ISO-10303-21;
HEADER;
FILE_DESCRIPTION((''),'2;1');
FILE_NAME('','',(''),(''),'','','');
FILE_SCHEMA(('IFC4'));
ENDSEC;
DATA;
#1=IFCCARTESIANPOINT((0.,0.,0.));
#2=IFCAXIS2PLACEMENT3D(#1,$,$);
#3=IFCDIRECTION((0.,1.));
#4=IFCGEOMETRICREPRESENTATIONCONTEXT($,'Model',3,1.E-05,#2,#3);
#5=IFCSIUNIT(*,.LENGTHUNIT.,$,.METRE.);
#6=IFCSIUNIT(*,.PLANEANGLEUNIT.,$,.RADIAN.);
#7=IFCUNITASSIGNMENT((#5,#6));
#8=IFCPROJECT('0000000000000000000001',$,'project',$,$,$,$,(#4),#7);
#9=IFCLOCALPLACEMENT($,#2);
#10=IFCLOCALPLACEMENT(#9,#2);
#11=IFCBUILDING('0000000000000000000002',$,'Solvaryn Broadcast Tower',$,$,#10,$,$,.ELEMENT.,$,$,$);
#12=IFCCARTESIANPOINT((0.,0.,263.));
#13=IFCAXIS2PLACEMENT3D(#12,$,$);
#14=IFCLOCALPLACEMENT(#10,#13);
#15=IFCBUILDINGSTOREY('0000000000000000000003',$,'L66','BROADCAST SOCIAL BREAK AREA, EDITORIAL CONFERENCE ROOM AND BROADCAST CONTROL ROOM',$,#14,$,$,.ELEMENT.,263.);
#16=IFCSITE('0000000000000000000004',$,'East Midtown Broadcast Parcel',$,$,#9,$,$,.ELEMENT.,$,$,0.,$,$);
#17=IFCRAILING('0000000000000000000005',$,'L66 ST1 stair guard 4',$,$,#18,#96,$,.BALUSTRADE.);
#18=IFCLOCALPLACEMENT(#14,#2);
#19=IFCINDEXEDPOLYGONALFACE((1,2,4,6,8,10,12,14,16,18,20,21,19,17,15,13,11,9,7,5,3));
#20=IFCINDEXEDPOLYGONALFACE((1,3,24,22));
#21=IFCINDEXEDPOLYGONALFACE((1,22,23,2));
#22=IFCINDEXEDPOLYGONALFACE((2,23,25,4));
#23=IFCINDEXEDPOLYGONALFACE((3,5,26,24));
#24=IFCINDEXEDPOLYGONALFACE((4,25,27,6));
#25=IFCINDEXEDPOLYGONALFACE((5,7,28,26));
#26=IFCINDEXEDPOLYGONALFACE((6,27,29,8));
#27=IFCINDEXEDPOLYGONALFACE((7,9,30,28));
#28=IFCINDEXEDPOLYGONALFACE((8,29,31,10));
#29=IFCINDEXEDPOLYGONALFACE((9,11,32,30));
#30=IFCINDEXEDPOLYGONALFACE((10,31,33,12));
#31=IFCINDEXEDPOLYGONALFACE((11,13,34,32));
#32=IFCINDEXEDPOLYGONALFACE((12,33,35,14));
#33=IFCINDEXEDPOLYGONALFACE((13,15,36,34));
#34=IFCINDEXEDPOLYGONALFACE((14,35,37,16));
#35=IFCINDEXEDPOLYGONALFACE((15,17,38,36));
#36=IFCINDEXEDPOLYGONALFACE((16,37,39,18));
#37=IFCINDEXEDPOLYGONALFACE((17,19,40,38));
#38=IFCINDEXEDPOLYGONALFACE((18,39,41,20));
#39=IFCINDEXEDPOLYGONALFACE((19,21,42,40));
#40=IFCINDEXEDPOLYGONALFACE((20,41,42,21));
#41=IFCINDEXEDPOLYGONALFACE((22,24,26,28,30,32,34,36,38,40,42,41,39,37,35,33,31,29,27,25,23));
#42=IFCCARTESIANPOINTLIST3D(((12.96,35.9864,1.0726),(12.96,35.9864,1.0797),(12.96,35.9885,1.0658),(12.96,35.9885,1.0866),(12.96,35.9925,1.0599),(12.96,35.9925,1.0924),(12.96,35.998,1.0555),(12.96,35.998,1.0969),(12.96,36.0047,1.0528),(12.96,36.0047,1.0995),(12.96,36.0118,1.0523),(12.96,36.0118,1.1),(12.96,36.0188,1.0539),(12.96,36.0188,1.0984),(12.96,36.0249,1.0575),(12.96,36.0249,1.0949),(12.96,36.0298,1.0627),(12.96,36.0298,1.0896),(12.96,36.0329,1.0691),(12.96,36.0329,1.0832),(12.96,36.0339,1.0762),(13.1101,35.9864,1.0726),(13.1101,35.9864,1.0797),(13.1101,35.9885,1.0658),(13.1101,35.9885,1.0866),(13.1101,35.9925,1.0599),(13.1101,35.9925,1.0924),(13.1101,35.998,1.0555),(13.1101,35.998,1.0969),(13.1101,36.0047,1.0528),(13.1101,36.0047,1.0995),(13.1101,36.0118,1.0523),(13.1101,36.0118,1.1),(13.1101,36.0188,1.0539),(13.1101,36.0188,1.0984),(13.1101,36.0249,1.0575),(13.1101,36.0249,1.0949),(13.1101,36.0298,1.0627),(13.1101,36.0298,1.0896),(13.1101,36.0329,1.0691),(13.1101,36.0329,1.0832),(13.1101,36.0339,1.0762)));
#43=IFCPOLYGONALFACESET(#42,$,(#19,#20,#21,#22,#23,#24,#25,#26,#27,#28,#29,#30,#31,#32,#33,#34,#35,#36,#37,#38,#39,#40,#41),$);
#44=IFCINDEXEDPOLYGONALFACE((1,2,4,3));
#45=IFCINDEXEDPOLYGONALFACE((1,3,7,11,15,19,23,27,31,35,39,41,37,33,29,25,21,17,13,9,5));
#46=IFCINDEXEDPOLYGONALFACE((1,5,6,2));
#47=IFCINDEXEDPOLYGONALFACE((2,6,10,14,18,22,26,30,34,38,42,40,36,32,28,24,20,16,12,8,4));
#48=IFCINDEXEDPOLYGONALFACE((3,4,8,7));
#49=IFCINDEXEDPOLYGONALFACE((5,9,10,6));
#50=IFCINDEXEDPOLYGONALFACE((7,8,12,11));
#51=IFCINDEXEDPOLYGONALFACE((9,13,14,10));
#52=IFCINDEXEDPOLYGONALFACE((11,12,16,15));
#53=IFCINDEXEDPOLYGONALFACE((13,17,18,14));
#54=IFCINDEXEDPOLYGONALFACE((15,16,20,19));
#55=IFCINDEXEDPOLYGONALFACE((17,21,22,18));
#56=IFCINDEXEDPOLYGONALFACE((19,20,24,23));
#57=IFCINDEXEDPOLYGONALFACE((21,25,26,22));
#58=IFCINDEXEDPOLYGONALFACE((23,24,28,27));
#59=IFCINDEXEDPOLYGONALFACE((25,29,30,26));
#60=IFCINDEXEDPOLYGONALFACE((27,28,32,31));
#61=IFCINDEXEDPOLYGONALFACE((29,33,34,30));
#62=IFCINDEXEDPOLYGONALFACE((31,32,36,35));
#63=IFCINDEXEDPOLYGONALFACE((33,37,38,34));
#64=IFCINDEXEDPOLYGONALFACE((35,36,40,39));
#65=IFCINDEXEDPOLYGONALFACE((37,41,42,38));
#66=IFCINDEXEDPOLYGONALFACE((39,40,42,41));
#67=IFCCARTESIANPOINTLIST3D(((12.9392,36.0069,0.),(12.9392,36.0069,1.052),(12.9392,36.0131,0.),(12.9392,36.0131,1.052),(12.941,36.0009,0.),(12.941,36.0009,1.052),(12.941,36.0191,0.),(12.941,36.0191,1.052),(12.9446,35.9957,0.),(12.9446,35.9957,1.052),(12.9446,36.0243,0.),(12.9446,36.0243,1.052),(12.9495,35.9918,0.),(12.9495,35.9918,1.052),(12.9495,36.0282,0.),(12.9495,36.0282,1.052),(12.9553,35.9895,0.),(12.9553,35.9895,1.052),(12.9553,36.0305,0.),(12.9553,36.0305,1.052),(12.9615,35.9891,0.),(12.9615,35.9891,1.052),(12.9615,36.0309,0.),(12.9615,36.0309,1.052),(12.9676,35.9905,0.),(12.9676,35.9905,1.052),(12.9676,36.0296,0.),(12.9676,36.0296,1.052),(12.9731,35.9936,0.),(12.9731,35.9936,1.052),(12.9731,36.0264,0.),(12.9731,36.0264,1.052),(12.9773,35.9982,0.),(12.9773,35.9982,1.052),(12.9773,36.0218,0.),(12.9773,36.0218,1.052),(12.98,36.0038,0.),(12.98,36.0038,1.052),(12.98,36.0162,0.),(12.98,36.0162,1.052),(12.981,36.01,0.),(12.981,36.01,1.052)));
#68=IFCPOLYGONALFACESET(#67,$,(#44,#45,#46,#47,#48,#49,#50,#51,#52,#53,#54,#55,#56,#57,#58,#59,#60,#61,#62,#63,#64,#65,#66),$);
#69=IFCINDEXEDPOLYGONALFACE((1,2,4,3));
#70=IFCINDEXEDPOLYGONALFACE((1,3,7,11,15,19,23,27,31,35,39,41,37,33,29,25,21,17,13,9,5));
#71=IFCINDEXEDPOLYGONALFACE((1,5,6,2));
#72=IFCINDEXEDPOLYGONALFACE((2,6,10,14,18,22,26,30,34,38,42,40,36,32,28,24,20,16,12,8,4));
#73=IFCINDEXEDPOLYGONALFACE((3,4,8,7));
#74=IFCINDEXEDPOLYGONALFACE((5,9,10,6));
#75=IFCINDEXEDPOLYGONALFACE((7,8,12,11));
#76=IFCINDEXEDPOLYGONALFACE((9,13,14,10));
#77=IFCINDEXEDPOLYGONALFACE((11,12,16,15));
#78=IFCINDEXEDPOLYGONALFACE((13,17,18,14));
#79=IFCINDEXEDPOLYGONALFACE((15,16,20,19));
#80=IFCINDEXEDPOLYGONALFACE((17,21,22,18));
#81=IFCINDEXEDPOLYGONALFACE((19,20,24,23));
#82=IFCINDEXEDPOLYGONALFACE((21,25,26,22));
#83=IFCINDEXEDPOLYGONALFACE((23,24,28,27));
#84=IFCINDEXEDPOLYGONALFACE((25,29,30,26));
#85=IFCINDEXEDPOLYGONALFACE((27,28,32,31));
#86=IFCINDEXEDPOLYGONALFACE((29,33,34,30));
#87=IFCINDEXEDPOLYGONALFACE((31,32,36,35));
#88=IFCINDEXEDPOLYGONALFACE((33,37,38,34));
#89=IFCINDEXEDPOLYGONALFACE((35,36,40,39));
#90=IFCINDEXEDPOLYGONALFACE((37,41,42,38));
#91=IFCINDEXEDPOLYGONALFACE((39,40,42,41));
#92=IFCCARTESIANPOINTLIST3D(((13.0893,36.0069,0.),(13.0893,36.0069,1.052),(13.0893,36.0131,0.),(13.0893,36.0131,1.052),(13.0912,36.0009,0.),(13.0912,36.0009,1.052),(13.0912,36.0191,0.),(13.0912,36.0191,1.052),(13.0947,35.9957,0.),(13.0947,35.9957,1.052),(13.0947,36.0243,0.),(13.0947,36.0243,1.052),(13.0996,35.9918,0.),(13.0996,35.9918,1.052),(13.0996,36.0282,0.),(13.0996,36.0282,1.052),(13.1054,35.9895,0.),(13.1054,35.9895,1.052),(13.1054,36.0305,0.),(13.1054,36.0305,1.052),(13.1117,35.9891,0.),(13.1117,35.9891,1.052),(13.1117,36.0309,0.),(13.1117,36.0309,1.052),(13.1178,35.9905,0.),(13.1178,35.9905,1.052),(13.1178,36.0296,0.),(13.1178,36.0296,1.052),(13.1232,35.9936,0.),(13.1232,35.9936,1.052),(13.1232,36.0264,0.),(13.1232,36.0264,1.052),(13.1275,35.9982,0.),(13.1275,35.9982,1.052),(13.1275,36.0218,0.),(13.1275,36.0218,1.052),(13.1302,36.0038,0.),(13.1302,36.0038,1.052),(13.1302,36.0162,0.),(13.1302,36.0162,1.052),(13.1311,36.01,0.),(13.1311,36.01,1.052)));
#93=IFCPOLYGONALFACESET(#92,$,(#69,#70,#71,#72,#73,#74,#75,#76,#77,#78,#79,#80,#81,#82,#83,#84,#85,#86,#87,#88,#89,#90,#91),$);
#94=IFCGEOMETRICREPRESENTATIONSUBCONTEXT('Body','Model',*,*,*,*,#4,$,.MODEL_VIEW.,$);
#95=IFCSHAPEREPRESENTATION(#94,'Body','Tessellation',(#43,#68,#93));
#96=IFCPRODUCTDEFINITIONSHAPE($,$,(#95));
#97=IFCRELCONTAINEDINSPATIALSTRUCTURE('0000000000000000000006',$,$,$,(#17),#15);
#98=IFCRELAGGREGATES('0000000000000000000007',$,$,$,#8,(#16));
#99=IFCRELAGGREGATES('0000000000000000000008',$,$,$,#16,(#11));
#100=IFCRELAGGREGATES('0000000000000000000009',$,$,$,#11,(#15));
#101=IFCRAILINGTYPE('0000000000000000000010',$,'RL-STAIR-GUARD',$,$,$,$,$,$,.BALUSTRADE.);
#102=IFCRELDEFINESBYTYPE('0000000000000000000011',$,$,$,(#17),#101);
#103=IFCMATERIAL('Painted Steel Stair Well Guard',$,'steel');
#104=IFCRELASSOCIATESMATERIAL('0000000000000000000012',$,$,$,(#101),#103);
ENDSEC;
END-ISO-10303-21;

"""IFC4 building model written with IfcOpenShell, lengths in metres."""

from ifc_helpers import new_model, si_unit, direction, frame, origin, origin_2d, place, context, subcontext, project, spatial, circle, extrude, material, type_object, element, save


model = new_model("IFC4")

# Units and contexts
model_context = context("Model", 3, precision=1e-05, world=origin(), true_north=direction((0.0, 1.0)))
body_context = subcontext(model_context, "Body", "Model", "MODEL_VIEW")
ifc_project = project(units=[si_unit("LENGTHUNIT", "METRE"), si_unit("PLANEANGLEUNIT", "RADIAN")], contexts=[model_context])

# Site, building, storey
site_placement = place(None, origin())
site = spatial("IfcSite", under=ifc_project, at=site_placement, Name="East Midtown Broadcast Parcel", CompositionType="ELEMENT", RefElevation=0.0)
building_placement = place(site_placement, origin())
building = spatial("IfcBuilding", under=site, at=building_placement, Name="Solvaryn Broadcast Tower", CompositionType="ELEMENT")
storey_placement = place(building_placement, frame((0.0, 0.0, 263.0)))
storey = spatial("IfcBuildingStorey", under=building, at=storey_placement, Name="L66", Description="BROADCAST SOCIAL BREAK AREA, EDITORIAL CONFERENCE ROOM AND BROADCAST CONTROL ROOM", CompositionType="ELEMENT", Elevation=263.0)

# Railing
ifc_material_1 = material(Name="Painted Steel Stair Well Guard", Category="steel")
railing_type_1 = type_object("IfcRailingType", Name="RL-STAIR-GUARD", PredefinedType="BALUSTRADE", material=ifc_material_1)
railing_1_placement = place(storey_placement, frame((12.96, 36.01, 0.0)))
element("IfcRailing", 1, at=railing_1_placement, inside=storey, type_object=railing_type_1, Name="L66 ST1 stair guard 4", PredefinedType="BALUSTRADE", context=body_context, shape_type="SweptSolid", body=[
    extrude(circle(Radius=0.0239, at=origin_2d()), frame((0.0, 0.0, 1.0762), z_axis=(1.0, 0.0, 0.0), x_axis=(0.0, 1.0, 0.0)), (0.0, 0.0, 1.0), 0.1501),
    extrude(circle(Radius=0.021, at=origin_2d()), origin(), (0.0, 0.0, 1.0), 1.052),
    extrude(circle(Radius=0.021, at=origin_2d()), frame((0.1501, 0.0, 0.0)), (0.0, 0.0, 1.0), 1.052),
])

save(model, "model.ifc")
